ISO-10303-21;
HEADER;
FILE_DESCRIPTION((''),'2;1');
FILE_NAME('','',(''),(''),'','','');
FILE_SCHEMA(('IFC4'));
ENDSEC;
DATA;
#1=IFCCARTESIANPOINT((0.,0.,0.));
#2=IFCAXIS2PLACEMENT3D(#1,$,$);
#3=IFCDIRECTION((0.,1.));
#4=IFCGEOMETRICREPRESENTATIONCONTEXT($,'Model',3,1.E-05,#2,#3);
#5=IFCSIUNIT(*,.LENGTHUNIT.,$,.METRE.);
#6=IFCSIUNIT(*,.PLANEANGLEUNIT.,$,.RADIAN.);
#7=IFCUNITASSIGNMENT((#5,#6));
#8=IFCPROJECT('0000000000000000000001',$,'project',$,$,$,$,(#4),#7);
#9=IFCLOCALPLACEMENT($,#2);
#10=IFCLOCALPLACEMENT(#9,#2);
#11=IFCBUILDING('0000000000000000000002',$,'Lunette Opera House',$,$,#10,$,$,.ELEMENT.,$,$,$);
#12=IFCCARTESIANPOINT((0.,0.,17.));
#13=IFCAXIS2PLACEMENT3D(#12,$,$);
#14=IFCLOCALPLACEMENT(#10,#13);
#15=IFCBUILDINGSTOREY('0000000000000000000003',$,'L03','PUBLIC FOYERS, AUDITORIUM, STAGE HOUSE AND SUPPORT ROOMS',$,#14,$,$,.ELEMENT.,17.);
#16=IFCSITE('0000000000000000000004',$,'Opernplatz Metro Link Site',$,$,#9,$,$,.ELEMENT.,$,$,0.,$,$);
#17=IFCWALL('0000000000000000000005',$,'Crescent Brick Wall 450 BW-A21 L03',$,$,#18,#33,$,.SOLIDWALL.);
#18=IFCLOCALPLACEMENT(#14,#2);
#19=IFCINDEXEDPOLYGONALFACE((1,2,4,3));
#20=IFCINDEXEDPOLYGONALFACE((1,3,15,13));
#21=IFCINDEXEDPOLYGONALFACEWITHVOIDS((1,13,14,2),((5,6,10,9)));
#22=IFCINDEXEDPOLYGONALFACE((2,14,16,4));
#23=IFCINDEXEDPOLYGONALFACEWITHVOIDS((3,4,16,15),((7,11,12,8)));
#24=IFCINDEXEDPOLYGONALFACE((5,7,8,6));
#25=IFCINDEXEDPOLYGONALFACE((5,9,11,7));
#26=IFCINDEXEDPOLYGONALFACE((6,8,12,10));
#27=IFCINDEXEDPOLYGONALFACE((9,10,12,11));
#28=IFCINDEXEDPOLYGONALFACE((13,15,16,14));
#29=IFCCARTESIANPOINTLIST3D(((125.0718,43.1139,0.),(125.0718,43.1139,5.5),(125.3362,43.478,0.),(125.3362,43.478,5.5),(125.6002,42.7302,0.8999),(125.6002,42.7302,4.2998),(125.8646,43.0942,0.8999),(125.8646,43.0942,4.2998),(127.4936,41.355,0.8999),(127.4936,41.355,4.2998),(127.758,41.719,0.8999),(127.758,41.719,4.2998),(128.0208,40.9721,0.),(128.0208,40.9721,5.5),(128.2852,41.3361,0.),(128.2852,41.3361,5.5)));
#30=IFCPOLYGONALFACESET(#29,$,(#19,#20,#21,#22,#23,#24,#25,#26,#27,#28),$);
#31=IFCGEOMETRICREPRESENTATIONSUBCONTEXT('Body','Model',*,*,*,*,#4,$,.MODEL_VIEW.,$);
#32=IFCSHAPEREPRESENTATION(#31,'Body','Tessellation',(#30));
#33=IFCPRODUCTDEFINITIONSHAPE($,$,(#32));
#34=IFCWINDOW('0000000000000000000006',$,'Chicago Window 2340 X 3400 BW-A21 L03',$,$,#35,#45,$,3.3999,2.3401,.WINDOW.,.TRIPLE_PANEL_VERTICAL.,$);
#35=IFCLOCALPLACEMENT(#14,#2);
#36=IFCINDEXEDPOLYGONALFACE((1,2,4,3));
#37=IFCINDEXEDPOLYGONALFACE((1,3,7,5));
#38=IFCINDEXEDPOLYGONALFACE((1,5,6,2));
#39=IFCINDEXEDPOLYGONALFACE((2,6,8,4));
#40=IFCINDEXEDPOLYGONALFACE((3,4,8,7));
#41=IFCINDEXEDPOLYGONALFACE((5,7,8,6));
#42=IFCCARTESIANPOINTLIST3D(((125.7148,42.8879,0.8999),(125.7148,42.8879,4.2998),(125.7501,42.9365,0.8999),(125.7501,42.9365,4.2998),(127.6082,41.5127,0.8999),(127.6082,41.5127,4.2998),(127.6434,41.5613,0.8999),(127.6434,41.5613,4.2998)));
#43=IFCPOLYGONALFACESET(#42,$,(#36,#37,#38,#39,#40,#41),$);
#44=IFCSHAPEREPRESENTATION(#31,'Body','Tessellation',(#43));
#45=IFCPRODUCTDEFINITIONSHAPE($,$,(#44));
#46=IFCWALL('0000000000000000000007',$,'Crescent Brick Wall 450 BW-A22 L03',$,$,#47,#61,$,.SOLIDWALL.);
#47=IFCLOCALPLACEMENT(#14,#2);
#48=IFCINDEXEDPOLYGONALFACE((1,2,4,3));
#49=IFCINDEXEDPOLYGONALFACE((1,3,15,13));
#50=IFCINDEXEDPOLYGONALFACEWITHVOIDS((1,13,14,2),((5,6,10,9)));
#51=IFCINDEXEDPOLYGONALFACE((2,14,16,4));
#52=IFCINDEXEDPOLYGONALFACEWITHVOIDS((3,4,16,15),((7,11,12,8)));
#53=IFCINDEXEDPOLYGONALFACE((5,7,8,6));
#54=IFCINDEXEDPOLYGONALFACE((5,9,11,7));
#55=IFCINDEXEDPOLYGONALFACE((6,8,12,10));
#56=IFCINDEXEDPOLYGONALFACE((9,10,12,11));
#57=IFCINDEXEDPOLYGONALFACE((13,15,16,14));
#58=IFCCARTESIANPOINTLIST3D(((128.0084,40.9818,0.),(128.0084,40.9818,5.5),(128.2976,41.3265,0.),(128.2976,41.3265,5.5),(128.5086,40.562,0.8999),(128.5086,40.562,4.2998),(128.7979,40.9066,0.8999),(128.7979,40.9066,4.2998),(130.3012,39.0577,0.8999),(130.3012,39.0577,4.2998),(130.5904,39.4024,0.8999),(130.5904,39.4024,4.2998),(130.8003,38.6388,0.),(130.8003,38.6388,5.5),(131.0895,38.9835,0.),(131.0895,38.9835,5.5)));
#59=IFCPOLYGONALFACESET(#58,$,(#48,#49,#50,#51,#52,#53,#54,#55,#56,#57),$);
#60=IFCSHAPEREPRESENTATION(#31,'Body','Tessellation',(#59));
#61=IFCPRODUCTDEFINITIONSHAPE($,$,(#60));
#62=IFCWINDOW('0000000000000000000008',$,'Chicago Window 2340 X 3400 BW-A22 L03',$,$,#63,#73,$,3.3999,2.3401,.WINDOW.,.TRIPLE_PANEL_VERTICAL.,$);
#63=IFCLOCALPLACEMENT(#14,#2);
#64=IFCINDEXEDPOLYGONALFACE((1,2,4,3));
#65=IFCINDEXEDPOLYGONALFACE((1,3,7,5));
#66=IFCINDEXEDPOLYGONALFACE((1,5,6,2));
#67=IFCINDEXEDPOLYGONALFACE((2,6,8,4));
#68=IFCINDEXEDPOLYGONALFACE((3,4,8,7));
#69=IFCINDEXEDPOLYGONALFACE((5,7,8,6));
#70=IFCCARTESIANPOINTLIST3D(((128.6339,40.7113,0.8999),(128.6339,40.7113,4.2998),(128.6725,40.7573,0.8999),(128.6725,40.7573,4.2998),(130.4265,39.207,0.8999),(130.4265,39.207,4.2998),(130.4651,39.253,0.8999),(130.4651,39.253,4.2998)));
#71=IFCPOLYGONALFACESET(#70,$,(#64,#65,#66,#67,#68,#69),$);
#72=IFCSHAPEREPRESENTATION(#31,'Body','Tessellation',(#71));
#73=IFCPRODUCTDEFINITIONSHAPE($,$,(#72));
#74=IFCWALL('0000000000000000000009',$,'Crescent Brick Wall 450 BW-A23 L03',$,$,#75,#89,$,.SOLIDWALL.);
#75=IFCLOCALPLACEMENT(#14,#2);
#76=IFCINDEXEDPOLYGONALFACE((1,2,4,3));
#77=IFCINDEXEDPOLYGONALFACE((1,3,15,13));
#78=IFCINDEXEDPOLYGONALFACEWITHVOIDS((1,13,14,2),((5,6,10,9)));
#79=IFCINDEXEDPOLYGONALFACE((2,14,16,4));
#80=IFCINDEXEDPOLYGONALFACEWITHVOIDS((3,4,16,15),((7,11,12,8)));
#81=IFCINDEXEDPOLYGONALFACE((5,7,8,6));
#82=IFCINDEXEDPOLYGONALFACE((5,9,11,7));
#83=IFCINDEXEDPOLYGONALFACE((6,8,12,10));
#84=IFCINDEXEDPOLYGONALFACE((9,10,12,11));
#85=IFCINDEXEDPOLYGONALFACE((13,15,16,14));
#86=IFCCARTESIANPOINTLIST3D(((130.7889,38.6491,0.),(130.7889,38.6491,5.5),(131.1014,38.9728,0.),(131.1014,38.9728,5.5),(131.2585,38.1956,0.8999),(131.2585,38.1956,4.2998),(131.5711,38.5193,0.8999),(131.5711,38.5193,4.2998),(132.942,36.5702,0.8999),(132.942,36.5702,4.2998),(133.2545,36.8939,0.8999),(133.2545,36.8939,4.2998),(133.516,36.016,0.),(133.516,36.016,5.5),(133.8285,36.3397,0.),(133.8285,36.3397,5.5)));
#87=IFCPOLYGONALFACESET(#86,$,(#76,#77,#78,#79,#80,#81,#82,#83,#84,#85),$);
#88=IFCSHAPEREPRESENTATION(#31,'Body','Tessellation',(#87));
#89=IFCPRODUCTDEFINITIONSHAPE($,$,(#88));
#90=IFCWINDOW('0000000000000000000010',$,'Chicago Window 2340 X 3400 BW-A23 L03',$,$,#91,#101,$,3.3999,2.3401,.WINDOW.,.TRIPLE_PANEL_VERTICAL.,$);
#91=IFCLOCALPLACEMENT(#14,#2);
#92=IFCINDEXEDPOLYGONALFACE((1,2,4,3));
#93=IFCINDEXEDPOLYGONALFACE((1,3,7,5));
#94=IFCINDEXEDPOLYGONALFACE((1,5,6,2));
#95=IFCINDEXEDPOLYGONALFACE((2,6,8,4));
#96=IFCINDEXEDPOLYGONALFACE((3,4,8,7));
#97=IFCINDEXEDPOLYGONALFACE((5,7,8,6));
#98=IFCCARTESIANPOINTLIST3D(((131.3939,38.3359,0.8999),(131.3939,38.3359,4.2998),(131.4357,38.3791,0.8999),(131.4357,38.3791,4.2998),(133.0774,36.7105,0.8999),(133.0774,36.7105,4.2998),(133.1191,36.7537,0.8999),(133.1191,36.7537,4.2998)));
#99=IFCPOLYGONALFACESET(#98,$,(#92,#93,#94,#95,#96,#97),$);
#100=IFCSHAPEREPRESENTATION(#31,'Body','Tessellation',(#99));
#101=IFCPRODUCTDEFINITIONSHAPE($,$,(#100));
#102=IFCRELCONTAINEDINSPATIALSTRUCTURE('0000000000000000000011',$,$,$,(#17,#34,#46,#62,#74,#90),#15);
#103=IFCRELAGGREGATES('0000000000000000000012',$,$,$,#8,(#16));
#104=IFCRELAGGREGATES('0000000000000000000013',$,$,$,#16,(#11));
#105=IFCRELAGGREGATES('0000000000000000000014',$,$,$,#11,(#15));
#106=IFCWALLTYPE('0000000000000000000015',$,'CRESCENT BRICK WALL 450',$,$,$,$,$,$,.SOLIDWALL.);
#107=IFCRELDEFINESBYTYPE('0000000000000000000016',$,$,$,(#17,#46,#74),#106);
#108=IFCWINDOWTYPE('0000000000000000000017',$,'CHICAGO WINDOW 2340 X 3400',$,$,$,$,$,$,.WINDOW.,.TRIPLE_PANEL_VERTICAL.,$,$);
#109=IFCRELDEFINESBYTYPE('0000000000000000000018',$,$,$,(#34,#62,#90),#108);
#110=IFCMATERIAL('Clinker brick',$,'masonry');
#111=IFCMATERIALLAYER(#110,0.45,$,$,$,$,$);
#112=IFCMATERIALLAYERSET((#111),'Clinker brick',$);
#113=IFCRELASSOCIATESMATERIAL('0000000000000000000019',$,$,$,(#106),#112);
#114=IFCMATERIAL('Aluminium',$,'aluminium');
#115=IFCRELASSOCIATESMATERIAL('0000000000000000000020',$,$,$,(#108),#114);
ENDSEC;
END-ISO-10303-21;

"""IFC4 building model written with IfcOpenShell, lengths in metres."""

from ifc_helpers import new_model, si_unit, direction, frame, frame_2d, origin, place, context, subcontext, project, spatial, rectangle, extrude, material, layer, layer_set, type_object, element, fill, save


model = new_model("IFC4")

# Units and contexts
model_context = context("Model", 3, precision=1e-05, world=origin(), true_north=direction((0.0, 1.0)))
body_context = subcontext(model_context, "Body", "Model", "MODEL_VIEW")
ifc_project = project(units=[si_unit("LENGTHUNIT", "METRE"), si_unit("PLANEANGLEUNIT", "RADIAN")], contexts=[model_context])

# Site, building, storey
site_placement = place(None, origin())
site = spatial("IfcSite", under=ifc_project, at=site_placement, Name="Opernplatz Metro Link Site", CompositionType="ELEMENT", RefElevation=0.0)
building_placement = place(site_placement, origin())
building = spatial("IfcBuilding", under=site, at=building_placement, Name="Lunette Opera House", CompositionType="ELEMENT")
storey_placement = place(building_placement, frame((0.0, 0.0, 17.0)))
storey = spatial("IfcBuildingStorey", under=building, at=storey_placement, Name="L03", Description="PUBLIC FOYERS, AUDITORIUM, STAGE HOUSE AND SUPPORT ROOMS", CompositionType="ELEMENT", Elevation=17.0)

# Walls, openings, windows
ifc_material_1 = material(Name="Clinker brick", Category="masonry")
ifc_layer_1 = layer(ifc_material_1, 0.45)
ifc_layer_set_1 = layer_set([ifc_layer_1], Name="Clinker brick")
wall_type = type_object("IfcWallType", Name="CRESCENT BRICK WALL 450", PredefinedType="SOLIDWALL", material=ifc_layer_set_1)
wall_1_placement = place(storey_placement, frame((125.2041, 43.2959, 0.0), z_axis=(0.0, 0.0, 1.0), x_axis=(0.80911, -0.587658, 0.0)))
wall_1 = element("IfcWall", 1, at=wall_1_placement, inside=storey, type_object=wall_type, Name="Crescent Brick Wall 450 BW-A21 L03", PredefinedType="SOLIDWALL", context=body_context, shape_type="SweptSolid", body=[
    extrude(rectangle(XDim=3.6448, YDim=0.45, at=frame_2d((1.8223, 0.0))), origin(), (0.0, 0.0, 1.0), 5.5),
])
opening_1_placement = place(wall_1_placement, frame((0.6531, 0.0, 0.8999)))
opening_1 = element("IfcOpeningElement", 2, at=opening_1_placement, cuts=wall_1, PredefinedType="OPENING", context=body_context, shape_type="SweptSolid", body=[
    extrude(rectangle(XDim=2.3401, YDim=3.3999, at=frame_2d((1.1699, 1.7))), frame((0.0, 0.2371, 0.0), z_axis=(0.0, -1.0, 0.0), x_axis=(1.0, 0.0, 0.0)), (0.0, 0.0, 1.0), 0.4739),
])
ifc_material_2 = material(Name="Aluminium", Category="aluminium")
window_type = type_object("IfcWindowType", Name="CHICAGO WINDOW 2340 X 3400", PartitioningType="TRIPLE_PANEL_VERTICAL", PredefinedType="WINDOW", material=ifc_material_2)
window_1_placement = place(opening_1_placement, origin())
window_1 = element("IfcWindow", 3, at=window_1_placement, inside=storey, type_object=window_type, Name="Chicago Window 2340 X 3400 BW-A21 L03", OverallHeight=3.3999, OverallWidth=2.3401, PartitioningType="TRIPLE_PANEL_VERTICAL", PredefinedType="WINDOW", context=body_context, shape_type="SweptSolid", body=[
    extrude(rectangle(XDim=2.3401, YDim=3.3999, at=frame_2d((1.1699, 1.7))), frame((0.0, 0.03, 0.0), z_axis=(0.0, -1.0, 0.0), x_axis=(1.0, 0.0, 0.0)), (0.0, 0.0, 1.0), 0.0601),
])
fill(opening_1, window_1)
wall_2_placement = place(storey_placement, frame((128.1531, 41.1541, 0.0), z_axis=(0.0, 0.0, 1.0), x_axis=(0.76601, -0.642829, 0.0)))
wall_2 = element("IfcWall", 4, at=wall_2_placement, inside=storey, type_object=wall_type, Name="Crescent Brick Wall 450 BW-A22 L03", PredefinedType="SOLIDWALL", context=body_context, shape_type="SweptSolid", body=[
    extrude(rectangle(XDim=3.6448, YDim=0.45, at=frame_2d((1.8223, 0.0))), origin(), (0.0, 0.0, 1.0), 5.5),
])
opening_2_placement = place(wall_2_placement, frame((0.6531, 0.0, 0.8999)))
opening_2 = element("IfcOpeningElement", 5, at=opening_2_placement, cuts=wall_2, PredefinedType="OPENING", context=body_context, shape_type="SweptSolid", body=[
    extrude(rectangle(XDim=2.3401, YDim=3.3999, at=frame_2d((1.1699, 1.7))), frame((0.0, 0.2371, 0.0), z_axis=(0.0, -1.0, 0.0), x_axis=(1.0, 0.0, 0.0)), (0.0, 0.0, 1.0), 0.4739),
])
window_2_placement = place(opening_2_placement, origin())
window_2 = element("IfcWindow", 6, at=window_2_placement, inside=storey, type_object=window_type, Name="Chicago Window 2340 X 3400 BW-A22 L03", OverallHeight=3.3999, OverallWidth=2.3401, PartitioningType="TRIPLE_PANEL_VERTICAL", PredefinedType="WINDOW", context=body_context, shape_type="SweptSolid", body=[
    extrude(rectangle(XDim=2.3401, YDim=3.3999, at=frame_2d((1.1699, 1.7))), frame((0.0, 0.03, 0.0), z_axis=(0.0, -1.0, 0.0), x_axis=(1.0, 0.0, 0.0)), (0.0, 0.0, 1.0), 0.0601),
])
fill(opening_2, window_2)
wall_3_placement = place(storey_placement, frame((130.9451, 38.811, 0.0), z_axis=(0.0, 0.0, 1.0), x_axis=(0.719396, -0.6946, 0.0)))
wall_3 = element("IfcWall", 7, at=wall_3_placement, inside=storey, type_object=wall_type, Name="Crescent Brick Wall 450 BW-A23 L03", PredefinedType="SOLIDWALL", context=body_context, shape_type="SweptSolid", body=[
    extrude(rectangle(XDim=3.7908, YDim=0.45, at=frame_2d((1.8955, 0.0))), origin(), (0.0, 0.0, 1.0), 5.5),
])
opening_3_placement = place(wall_3_placement, frame((0.6531, 0.0, 0.8999)))
opening_3 = element("IfcOpeningElement", 8, at=opening_3_placement, cuts=wall_3, PredefinedType="OPENING", context=body_context, shape_type="SweptSolid", body=[
    extrude(rectangle(XDim=2.3401, YDim=3.3999, at=frame_2d((1.1699, 1.7))), frame((0.0, 0.2371, 0.0), z_axis=(0.0, -1.0, 0.0), x_axis=(1.0, 0.0, 0.0)), (0.0, 0.0, 1.0), 0.4739),
])
window_3_placement = place(opening_3_placement, origin())
window_3 = element("IfcWindow", 9, at=window_3_placement, inside=storey, type_object=window_type, Name="Chicago Window 2340 X 3400 BW-A23 L03", OverallHeight=3.3999, OverallWidth=2.3401, PartitioningType="TRIPLE_PANEL_VERTICAL", PredefinedType="WINDOW", context=body_context, shape_type="SweptSolid", body=[
    extrude(rectangle(XDim=2.3401, YDim=3.3999, at=frame_2d((1.1699, 1.7))), frame((0.0, 0.03, 0.0), z_axis=(0.0, -1.0, 0.0), x_axis=(1.0, 0.0, 0.0)), (0.0, 0.0, 1.0), 0.0601),
])
fill(opening_3, window_3)

save(model, "model.ifc")
